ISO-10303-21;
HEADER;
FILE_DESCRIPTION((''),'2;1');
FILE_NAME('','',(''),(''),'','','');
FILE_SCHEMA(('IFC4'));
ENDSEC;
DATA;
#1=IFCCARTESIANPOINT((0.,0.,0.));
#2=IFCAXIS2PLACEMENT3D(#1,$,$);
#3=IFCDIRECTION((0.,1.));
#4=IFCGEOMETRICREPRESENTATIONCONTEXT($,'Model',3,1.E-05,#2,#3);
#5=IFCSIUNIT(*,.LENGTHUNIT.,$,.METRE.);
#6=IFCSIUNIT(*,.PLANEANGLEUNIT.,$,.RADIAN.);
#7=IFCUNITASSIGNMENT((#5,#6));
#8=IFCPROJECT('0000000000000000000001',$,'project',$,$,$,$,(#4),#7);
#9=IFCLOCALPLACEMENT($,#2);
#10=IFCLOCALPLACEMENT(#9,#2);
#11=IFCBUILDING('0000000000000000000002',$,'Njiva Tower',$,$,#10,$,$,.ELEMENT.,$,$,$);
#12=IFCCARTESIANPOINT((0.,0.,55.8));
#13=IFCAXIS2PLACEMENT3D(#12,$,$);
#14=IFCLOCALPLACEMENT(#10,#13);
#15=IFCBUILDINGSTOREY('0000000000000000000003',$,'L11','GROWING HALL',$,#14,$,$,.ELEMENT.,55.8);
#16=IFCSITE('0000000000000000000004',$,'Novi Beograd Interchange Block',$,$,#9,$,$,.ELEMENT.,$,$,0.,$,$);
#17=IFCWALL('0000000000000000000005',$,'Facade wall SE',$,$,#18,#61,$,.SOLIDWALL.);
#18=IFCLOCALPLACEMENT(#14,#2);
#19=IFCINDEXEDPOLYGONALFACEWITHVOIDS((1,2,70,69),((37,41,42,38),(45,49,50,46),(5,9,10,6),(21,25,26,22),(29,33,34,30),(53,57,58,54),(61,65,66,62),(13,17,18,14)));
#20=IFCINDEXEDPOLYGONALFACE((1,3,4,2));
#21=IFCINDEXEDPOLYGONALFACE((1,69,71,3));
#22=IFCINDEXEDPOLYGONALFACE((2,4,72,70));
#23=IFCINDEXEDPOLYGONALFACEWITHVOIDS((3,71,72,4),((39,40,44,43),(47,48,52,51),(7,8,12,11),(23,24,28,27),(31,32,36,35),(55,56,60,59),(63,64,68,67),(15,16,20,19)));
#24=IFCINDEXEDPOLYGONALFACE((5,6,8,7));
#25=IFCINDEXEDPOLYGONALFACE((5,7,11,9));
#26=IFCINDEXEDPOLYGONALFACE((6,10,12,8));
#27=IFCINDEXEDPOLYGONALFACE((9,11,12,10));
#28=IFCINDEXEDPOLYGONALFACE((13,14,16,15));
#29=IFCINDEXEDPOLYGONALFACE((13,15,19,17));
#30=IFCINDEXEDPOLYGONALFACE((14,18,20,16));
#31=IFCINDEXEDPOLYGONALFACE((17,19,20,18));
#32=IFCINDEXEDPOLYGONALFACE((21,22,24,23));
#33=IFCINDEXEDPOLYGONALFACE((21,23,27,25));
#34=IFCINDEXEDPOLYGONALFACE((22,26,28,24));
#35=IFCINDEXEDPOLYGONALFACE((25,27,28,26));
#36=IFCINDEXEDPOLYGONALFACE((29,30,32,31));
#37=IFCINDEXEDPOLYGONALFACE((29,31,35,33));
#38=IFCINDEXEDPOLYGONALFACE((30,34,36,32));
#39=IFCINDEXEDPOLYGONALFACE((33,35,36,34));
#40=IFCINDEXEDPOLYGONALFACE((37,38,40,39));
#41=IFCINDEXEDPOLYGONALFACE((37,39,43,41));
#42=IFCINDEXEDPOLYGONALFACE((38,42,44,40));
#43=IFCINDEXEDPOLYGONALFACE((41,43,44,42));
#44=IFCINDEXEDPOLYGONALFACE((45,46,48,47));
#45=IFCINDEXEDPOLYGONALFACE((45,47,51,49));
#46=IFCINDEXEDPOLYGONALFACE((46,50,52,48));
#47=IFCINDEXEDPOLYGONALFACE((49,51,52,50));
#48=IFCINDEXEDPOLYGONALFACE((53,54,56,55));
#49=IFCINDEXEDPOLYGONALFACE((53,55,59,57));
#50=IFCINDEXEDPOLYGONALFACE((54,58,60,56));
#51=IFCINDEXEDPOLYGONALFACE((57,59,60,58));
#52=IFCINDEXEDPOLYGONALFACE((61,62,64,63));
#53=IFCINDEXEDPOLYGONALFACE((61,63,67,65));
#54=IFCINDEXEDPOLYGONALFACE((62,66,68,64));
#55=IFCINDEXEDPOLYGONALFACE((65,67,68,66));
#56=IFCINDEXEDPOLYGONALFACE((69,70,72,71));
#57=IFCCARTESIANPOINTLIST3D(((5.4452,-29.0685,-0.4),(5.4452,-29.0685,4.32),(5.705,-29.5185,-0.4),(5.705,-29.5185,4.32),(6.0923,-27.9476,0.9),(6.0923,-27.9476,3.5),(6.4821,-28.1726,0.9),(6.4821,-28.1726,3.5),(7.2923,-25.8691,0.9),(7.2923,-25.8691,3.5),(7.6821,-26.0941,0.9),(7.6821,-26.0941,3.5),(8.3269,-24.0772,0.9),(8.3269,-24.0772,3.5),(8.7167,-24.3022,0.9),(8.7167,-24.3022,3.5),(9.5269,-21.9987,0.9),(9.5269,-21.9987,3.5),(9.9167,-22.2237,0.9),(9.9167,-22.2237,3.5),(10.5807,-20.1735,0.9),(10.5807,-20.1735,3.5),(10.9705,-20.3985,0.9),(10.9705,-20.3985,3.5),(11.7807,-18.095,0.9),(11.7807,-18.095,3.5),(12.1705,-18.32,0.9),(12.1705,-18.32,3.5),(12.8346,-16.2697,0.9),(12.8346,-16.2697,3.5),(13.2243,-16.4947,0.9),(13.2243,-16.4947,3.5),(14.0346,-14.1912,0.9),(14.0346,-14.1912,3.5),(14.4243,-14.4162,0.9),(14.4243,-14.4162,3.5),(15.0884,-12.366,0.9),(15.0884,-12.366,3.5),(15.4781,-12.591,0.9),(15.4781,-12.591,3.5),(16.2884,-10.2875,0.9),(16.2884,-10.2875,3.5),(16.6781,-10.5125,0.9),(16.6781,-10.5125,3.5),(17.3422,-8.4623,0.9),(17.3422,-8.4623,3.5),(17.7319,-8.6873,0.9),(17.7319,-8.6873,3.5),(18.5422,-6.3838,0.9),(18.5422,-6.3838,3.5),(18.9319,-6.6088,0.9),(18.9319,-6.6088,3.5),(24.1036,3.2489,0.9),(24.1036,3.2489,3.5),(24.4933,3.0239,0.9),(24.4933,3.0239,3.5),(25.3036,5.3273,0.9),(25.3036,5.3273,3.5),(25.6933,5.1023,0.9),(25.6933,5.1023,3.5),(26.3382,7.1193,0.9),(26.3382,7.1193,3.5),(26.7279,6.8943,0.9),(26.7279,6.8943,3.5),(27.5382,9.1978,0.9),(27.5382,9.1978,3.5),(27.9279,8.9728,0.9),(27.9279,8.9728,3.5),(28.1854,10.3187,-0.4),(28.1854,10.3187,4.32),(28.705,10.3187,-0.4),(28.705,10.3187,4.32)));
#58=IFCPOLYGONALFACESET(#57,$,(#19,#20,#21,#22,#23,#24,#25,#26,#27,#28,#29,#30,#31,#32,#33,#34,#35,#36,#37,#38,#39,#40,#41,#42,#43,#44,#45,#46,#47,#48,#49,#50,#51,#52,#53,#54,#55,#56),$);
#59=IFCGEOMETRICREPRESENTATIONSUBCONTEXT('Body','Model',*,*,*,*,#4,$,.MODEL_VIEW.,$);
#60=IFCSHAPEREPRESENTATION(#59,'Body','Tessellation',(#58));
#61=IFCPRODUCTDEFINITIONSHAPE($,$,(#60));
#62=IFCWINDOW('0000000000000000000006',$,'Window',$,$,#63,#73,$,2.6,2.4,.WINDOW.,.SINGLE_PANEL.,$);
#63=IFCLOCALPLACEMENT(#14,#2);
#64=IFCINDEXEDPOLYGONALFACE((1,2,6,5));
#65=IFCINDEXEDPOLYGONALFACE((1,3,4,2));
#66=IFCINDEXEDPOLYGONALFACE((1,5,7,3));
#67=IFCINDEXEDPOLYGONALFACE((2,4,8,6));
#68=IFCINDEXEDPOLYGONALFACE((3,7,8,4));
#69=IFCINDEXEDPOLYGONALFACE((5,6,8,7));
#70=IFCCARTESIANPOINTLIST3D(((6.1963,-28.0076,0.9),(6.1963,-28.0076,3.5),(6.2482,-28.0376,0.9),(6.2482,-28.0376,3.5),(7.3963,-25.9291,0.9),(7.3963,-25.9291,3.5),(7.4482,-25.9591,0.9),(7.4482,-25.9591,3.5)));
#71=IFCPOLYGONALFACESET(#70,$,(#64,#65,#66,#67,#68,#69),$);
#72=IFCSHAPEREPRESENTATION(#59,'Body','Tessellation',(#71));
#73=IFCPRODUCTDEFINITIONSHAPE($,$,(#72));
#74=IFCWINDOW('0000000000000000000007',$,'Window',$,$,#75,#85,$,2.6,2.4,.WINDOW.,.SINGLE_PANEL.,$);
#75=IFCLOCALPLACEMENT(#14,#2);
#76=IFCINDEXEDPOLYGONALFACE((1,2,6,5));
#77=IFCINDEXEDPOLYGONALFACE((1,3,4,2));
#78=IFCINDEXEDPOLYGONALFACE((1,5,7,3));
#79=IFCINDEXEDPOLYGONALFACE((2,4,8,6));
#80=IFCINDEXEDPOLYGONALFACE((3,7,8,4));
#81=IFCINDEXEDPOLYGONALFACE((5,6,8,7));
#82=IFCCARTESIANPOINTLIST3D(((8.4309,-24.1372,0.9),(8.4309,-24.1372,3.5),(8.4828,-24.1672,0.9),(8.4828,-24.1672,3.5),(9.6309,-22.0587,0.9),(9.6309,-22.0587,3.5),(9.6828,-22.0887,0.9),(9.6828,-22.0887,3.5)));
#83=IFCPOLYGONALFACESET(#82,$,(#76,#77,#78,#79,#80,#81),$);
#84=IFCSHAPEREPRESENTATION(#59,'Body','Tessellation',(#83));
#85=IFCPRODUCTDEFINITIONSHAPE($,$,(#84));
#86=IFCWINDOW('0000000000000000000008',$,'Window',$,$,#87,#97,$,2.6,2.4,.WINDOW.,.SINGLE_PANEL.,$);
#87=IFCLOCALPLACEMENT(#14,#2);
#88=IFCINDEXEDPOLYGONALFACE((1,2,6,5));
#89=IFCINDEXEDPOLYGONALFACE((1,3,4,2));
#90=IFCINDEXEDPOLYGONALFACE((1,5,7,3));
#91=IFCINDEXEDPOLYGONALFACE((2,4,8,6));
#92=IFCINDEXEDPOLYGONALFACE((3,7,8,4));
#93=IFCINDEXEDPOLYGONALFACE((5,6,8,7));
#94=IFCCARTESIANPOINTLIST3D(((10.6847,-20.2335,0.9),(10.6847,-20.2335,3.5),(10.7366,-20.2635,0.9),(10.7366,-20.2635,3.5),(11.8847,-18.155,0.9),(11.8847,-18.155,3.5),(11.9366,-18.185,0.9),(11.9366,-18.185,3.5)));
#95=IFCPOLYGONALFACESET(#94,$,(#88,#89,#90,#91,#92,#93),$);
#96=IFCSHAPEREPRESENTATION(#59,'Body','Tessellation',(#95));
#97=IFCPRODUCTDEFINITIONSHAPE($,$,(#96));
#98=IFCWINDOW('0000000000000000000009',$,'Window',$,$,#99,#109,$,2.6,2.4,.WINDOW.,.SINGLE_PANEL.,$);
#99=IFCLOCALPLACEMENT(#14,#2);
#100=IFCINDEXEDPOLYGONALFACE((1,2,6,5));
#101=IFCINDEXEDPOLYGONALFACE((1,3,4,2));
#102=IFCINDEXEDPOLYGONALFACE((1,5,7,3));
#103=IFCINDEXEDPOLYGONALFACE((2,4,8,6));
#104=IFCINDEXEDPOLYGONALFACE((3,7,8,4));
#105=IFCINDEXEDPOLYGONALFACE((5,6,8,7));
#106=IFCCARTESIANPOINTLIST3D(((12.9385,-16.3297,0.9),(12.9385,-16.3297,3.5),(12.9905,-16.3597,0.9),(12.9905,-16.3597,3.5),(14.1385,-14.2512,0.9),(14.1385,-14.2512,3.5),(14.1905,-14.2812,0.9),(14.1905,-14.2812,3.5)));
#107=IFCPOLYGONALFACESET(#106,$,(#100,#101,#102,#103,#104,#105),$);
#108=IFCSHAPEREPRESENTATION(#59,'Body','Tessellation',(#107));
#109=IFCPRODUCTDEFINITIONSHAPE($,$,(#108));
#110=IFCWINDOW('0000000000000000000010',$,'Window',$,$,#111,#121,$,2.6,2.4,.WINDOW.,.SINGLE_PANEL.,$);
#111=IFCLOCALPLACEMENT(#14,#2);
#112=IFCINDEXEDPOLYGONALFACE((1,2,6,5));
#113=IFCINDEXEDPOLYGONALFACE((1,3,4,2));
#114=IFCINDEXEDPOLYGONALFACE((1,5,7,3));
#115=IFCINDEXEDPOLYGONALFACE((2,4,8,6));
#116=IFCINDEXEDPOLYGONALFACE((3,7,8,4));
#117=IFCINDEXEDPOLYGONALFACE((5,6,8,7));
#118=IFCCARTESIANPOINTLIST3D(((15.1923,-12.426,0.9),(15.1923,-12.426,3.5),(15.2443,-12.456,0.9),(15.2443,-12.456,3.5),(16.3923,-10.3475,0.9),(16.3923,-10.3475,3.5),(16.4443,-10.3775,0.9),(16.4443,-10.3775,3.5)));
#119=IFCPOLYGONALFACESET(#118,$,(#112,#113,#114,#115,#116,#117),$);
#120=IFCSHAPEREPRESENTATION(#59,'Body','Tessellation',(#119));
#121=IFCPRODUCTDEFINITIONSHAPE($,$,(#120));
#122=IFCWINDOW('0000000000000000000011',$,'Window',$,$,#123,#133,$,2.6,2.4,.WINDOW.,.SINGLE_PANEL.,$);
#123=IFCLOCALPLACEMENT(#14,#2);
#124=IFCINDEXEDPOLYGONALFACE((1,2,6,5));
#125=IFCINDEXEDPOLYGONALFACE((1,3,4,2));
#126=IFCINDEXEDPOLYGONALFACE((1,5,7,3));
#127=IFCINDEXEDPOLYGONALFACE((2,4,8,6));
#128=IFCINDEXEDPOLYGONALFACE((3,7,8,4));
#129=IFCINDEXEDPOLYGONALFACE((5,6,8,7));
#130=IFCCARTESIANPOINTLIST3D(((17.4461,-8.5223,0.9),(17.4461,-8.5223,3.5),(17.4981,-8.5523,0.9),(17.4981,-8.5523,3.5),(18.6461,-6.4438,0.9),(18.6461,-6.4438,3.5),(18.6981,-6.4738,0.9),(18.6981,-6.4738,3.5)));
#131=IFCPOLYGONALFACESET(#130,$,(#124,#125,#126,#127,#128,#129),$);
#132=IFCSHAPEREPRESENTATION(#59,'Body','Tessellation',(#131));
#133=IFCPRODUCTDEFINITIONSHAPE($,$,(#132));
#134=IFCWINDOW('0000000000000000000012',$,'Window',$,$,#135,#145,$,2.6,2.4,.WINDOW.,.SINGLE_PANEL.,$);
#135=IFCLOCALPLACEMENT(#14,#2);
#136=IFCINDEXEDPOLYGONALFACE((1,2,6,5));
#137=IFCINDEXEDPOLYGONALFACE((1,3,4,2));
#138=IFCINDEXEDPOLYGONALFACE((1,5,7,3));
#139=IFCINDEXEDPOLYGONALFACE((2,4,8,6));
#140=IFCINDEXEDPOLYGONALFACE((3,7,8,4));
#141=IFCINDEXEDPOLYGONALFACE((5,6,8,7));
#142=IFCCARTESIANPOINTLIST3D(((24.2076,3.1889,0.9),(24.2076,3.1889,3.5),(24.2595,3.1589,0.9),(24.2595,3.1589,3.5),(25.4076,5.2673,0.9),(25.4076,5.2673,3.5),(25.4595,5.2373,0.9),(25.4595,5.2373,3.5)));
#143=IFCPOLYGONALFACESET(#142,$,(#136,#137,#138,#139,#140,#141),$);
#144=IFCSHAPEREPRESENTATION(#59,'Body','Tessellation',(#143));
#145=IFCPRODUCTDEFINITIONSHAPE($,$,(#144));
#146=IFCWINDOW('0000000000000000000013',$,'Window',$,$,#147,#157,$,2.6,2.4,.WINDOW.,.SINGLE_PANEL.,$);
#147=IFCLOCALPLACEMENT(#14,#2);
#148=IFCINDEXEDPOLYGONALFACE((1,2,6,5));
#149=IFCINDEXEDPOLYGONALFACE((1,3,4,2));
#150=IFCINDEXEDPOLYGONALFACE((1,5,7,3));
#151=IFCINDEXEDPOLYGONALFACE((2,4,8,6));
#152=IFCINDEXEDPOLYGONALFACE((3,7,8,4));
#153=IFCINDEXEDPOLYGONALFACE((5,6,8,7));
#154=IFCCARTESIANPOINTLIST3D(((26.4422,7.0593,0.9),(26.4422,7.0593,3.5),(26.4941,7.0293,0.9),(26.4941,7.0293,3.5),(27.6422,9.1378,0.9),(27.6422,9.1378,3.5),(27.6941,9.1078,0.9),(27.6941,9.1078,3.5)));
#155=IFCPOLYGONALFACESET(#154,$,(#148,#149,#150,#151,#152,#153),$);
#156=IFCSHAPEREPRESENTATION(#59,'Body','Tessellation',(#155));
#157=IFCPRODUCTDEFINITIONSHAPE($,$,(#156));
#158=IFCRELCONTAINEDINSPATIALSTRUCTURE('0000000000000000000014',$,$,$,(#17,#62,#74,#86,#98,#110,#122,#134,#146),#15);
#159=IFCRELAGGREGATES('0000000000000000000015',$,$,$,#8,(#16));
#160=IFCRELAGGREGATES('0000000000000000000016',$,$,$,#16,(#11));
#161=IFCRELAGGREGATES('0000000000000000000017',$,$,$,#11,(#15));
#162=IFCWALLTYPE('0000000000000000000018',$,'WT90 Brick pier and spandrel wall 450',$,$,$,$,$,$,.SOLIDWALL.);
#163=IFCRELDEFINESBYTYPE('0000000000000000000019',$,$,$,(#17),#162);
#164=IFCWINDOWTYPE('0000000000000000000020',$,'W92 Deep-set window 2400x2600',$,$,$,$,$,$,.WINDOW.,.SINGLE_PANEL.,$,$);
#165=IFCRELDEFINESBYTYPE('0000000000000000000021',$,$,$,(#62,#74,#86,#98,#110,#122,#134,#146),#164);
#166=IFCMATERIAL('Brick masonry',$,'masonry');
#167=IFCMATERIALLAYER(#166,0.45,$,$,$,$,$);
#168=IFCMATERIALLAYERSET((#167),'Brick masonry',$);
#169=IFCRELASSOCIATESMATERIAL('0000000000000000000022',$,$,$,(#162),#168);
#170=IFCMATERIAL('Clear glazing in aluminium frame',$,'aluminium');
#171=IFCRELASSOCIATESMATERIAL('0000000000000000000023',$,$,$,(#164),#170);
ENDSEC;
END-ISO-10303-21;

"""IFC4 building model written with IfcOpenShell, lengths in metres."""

from ifc_helpers import new_model, si_unit, direction, frame, frame_2d, origin, place, context, subcontext, project, spatial, polyline, rectangle, outline, extrude, material, layer, layer_set, type_object, element, fill, save


model = new_model("IFC4")

# Units and contexts
model_context = context("Model", 3, precision=1e-05, world=origin(), true_north=direction((0.0, 1.0)))
body_context = subcontext(model_context, "Body", "Model", "MODEL_VIEW")
ifc_project = project(units=[si_unit("LENGTHUNIT", "METRE"), si_unit("PLANEANGLEUNIT", "RADIAN")], contexts=[model_context])

# Site, building, storey
site_placement = place(None, origin())
site = spatial("IfcSite", under=ifc_project, at=site_placement, Name="Novi Beograd Interchange Block", CompositionType="ELEMENT", RefElevation=0.0)
building_placement = place(site_placement, origin())
building = spatial("IfcBuilding", under=site, at=building_placement, Name="Njiva Tower", CompositionType="ELEMENT")
storey_placement = place(building_placement, frame((0.0, 0.0, 55.8)))
storey = spatial("IfcBuildingStorey", under=building, at=storey_placement, Name="L11", Description="GROWING HALL", CompositionType="ELEMENT", Elevation=55.8)

# Wall, openings, windows
ifc_material_1 = material(Name="Brick masonry", Category="masonry")
ifc_layer_1 = layer(ifc_material_1, 0.45)
ifc_layer_set_1 = layer_set([ifc_layer_1], Name="Brick masonry")
wall_type_1 = type_object("IfcWallType", Name="WT90 Brick pier and spandrel wall 450", PredefinedType="SOLIDWALL", material=ifc_layer_set_1)
wall_1_placement = place(storey_placement, frame((5.5751, -29.2935, -0.4), z_axis=(0.0, 0.0, 1.0), x_axis=(0.5, 0.866026, 0.0)))
wall_1 = element("IfcWall", 1, at=wall_1_placement, inside=storey, type_object=wall_type_1, Name="Facade wall SE", PredefinedType="SOLIDWALL", context=body_context, shape_type="SweptSolid", body=[
    extrude(outline(polyline([(-0.1299, -0.225), (45.8701, -0.225), (45.6103, 0.225), (0.1299, 0.225), (-0.1299, -0.225)])), origin(), (0.0, 0.0, 1.0), 4.72),
])
opening_1_placement = place(wall_1_placement, frame((1.4242, 0.0, 1.3)))
opening_1 = element("IfcOpeningElement", 2, at=opening_1_placement, cuts=wall_1, PredefinedType="OPENING", context=body_context, shape_type="SweptSolid", body=[
    extrude(rectangle(XDim=2.4, YDim=2.6, at=frame_2d((1.2, 1.3))), frame((0.0, 0.235, 0.0), z_axis=(0.0, -1.0, 0.0), x_axis=(1.0, 0.0, 0.0)), (0.0, 0.0, 1.0), 0.47),
])
opening_2_placement = place(wall_1_placement, frame((5.8934, 0.0, 1.3)))
opening_2 = element("IfcOpeningElement", 3, at=opening_2_placement, cuts=wall_1, PredefinedType="OPENING", context=body_context, shape_type="SweptSolid", body=[
    extrude(rectangle(XDim=2.4, YDim=2.6, at=frame_2d((1.2, 1.3))), frame((0.0, 0.235, 0.0), z_axis=(0.0, -1.0, 0.0), x_axis=(1.0, 0.0, 0.0)), (0.0, 0.0, 1.0), 0.47),
])
opening_3_placement = place(wall_1_placement, frame((10.401, 0.0, 1.3)))
opening_3 = element("IfcOpeningElement", 4, at=opening_3_placement, cuts=wall_1, PredefinedType="OPENING", context=body_context, shape_type="SweptSolid", body=[
    extrude(rectangle(XDim=2.4, YDim=2.6, at=frame_2d((1.2, 1.3))), frame((0.0, 0.235, 0.0), z_axis=(0.0, -1.0, 0.0), x_axis=(1.0, 0.0, 0.0)), (0.0, 0.0, 1.0), 0.47),
])
opening_4_placement = place(wall_1_placement, frame((14.9087, 0.0, 1.3)))
opening_4 = element("IfcOpeningElement", 5, at=opening_4_placement, cuts=wall_1, PredefinedType="OPENING", context=body_context, shape_type="SweptSolid", body=[
    extrude(rectangle(XDim=2.4, YDim=2.6, at=frame_2d((1.2, 1.3))), frame((0.0, 0.235, 0.0), z_axis=(0.0, -1.0, 0.0), x_axis=(1.0, 0.0, 0.0)), (0.0, 0.0, 1.0), 0.47),
])
opening_5_placement = place(wall_1_placement, frame((19.4163, 0.0, 1.3)))
opening_5 = element("IfcOpeningElement", 6, at=opening_5_placement, cuts=wall_1, PredefinedType="OPENING", context=body_context, shape_type="SweptSolid", body=[
    extrude(rectangle(XDim=2.4, YDim=2.6, at=frame_2d((1.2, 1.3))), frame((0.0, 0.235, 0.0), z_axis=(0.0, -1.0, 0.0), x_axis=(1.0, 0.0, 0.0)), (0.0, 0.0, 1.0), 0.47),
])
opening_6_placement = place(wall_1_placement, frame((23.9239, 0.0, 1.3)))
opening_6 = element("IfcOpeningElement", 7, at=opening_6_placement, cuts=wall_1, PredefinedType="OPENING", context=body_context, shape_type="SweptSolid", body=[
    extrude(rectangle(XDim=2.4, YDim=2.6, at=frame_2d((1.2, 1.3))), frame((0.0, 0.235, 0.0), z_axis=(0.0, -1.0, 0.0), x_axis=(1.0, 0.0, 0.0)), (0.0, 0.0, 1.0), 0.47),
])
opening_7_placement = place(wall_1_placement, frame((37.4468, 0.0, 1.3)))
opening_7 = element("IfcOpeningElement", 8, at=opening_7_placement, cuts=wall_1, PredefinedType="OPENING", context=body_context, shape_type="SweptSolid", body=[
    extrude(rectangle(XDim=2.4, YDim=2.6, at=frame_2d((1.2, 1.3))), frame((0.0, 0.235, 0.0), z_axis=(0.0, -1.0, 0.0), x_axis=(1.0, 0.0, 0.0)), (0.0, 0.0, 1.0), 0.47),
])
opening_8_placement = place(wall_1_placement, frame((41.916, 0.0, 1.3)))
opening_8 = element("IfcOpeningElement", 9, at=opening_8_placement, cuts=wall_1, PredefinedType="OPENING", context=body_context, shape_type="SweptSolid", body=[
    extrude(rectangle(XDim=2.4, YDim=2.6, at=frame_2d((1.2, 1.3))), frame((0.0, 0.235, 0.0), z_axis=(0.0, -1.0, 0.0), x_axis=(1.0, 0.0, 0.0)), (0.0, 0.0, 1.0), 0.47),
])
ifc_material_2 = material(Name="Clear glazing in aluminium frame", Category="aluminium")
window_type = type_object("IfcWindowType", Name="W92 Deep-set window 2400x2600", PartitioningType="SINGLE_PANEL", PredefinedType="WINDOW", material=ifc_material_2)
window_1_placement = place(opening_1_placement, origin())
window_1 = element("IfcWindow", 10, at=window_1_placement, inside=storey, type_object=window_type, Name="Window", OverallHeight=2.6, OverallWidth=2.4, PartitioningType="SINGLE_PANEL", PredefinedType="WINDOW", context=body_context, shape_type="SweptSolid", body=[
    extrude(rectangle(XDim=2.4, YDim=2.6, at=frame_2d((1.2, 1.3))), frame((0.0, 0.105, 0.0), z_axis=(0.0, -1.0, 0.0), x_axis=(1.0, 0.0, 0.0)), (0.0, 0.0, 1.0), 0.06),
])
fill(opening_1, window_1)
window_2_placement = place(opening_2_placement, origin())
window_2 = element("IfcWindow", 11, at=window_2_placement, inside=storey, type_object=window_type, Name="Window", OverallHeight=2.6, OverallWidth=2.4, PartitioningType="SINGLE_PANEL", PredefinedType="WINDOW", context=body_context, shape_type="SweptSolid", body=[
    extrude(rectangle(XDim=2.4, YDim=2.6, at=frame_2d((1.2, 1.3))), frame((0.0, 0.105, 0.0), z_axis=(0.0, -1.0, 0.0), x_axis=(1.0, 0.0, 0.0)), (0.0, 0.0, 1.0), 0.06),
])
fill(opening_2, window_2)
window_3_placement = place(opening_3_placement, origin())
window_3 = element("IfcWindow", 12, at=window_3_placement, inside=storey, type_object=window_type, Name="Window", OverallHeight=2.6, OverallWidth=2.4, PartitioningType="SINGLE_PANEL", PredefinedType="WINDOW", context=body_context, shape_type="SweptSolid", body=[
    extrude(rectangle(XDim=2.4, YDim=2.6, at=frame_2d((1.2, 1.3))), frame((0.0, 0.105, 0.0), z_axis=(0.0, -1.0, 0.0), x_axis=(1.0, 0.0, 0.0)), (0.0, 0.0, 1.0), 0.06),
])
fill(opening_3, window_3)
window_4_placement = place(opening_4_placement, origin())
window_4 = element("IfcWindow", 13, at=window_4_placement, inside=storey, type_object=window_type, Name="Window", OverallHeight=2.6, OverallWidth=2.4, PartitioningType="SINGLE_PANEL", PredefinedType="WINDOW", context=body_context, shape_type="SweptSolid", body=[
    extrude(rectangle(XDim=2.4, YDim=2.6, at=frame_2d((1.2, 1.3))), frame((0.0, 0.105, 0.0), z_axis=(0.0, -1.0, 0.0), x_axis=(1.0, 0.0, 0.0)), (0.0, 0.0, 1.0), 0.06),
])
fill(opening_4, window_4)
window_5_placement = place(opening_5_placement, origin())
window_5 = element("IfcWindow", 14, at=window_5_placement, inside=storey, type_object=window_type, Name="Window", OverallHeight=2.6, OverallWidth=2.4, PartitioningType="SINGLE_PANEL", PredefinedType="WINDOW", context=body_context, shape_type="SweptSolid", body=[
    extrude(rectangle(XDim=2.4, YDim=2.6, at=frame_2d((1.2, 1.3))), frame((0.0, 0.105, 0.0), z_axis=(0.0, -1.0, 0.0), x_axis=(1.0, 0.0, 0.0)), (0.0, 0.0, 1.0), 0.06),
])
fill(opening_5, window_5)
window_6_placement = place(opening_6_placement, origin())
window_6 = element("IfcWindow", 15, at=window_6_placement, inside=storey, type_object=window_type, Name="Window", OverallHeight=2.6, OverallWidth=2.4, PartitioningType="SINGLE_PANEL", PredefinedType="WINDOW", context=body_context, shape_type="SweptSolid", body=[
    extrude(rectangle(XDim=2.4, YDim=2.6, at=frame_2d((1.2, 1.3))), frame((0.0, 0.105, 0.0), z_axis=(0.0, -1.0, 0.0), x_axis=(1.0, 0.0, 0.0)), (0.0, 0.0, 1.0), 0.06),
])
fill(opening_6, window_6)
window_7_placement = place(opening_7_placement, origin())
window_7 = element("IfcWindow", 16, at=window_7_placement, inside=storey, type_object=window_type, Name="Window", OverallHeight=2.6, OverallWidth=2.4, PartitioningType="SINGLE_PANEL", PredefinedType="WINDOW", context=body_context, shape_type="SweptSolid", body=[
    extrude(rectangle(XDim=2.4, YDim=2.6, at=frame_2d((1.2, 1.3))), frame((0.0, 0.105, 0.0), z_axis=(0.0, -1.0, 0.0), x_axis=(1.0, 0.0, 0.0)), (0.0, 0.0, 1.0), 0.06),
])
fill(opening_7, window_7)
window_8_placement = place(opening_8_placement, origin())
window_8 = element("IfcWindow", 17, at=window_8_placement, inside=storey, type_object=window_type, Name="Window", OverallHeight=2.6, OverallWidth=2.4, PartitioningType="SINGLE_PANEL", PredefinedType="WINDOW", context=body_context, shape_type="SweptSolid", body=[
    extrude(rectangle(XDim=2.4, YDim=2.6, at=frame_2d((1.2, 1.3))), frame((0.0, 0.105, 0.0), z_axis=(0.0, -1.0, 0.0), x_axis=(1.0, 0.0, 0.0)), (0.0, 0.0, 1.0), 0.06),
])
fill(opening_8, window_8)

save(model, "model.ifc")
